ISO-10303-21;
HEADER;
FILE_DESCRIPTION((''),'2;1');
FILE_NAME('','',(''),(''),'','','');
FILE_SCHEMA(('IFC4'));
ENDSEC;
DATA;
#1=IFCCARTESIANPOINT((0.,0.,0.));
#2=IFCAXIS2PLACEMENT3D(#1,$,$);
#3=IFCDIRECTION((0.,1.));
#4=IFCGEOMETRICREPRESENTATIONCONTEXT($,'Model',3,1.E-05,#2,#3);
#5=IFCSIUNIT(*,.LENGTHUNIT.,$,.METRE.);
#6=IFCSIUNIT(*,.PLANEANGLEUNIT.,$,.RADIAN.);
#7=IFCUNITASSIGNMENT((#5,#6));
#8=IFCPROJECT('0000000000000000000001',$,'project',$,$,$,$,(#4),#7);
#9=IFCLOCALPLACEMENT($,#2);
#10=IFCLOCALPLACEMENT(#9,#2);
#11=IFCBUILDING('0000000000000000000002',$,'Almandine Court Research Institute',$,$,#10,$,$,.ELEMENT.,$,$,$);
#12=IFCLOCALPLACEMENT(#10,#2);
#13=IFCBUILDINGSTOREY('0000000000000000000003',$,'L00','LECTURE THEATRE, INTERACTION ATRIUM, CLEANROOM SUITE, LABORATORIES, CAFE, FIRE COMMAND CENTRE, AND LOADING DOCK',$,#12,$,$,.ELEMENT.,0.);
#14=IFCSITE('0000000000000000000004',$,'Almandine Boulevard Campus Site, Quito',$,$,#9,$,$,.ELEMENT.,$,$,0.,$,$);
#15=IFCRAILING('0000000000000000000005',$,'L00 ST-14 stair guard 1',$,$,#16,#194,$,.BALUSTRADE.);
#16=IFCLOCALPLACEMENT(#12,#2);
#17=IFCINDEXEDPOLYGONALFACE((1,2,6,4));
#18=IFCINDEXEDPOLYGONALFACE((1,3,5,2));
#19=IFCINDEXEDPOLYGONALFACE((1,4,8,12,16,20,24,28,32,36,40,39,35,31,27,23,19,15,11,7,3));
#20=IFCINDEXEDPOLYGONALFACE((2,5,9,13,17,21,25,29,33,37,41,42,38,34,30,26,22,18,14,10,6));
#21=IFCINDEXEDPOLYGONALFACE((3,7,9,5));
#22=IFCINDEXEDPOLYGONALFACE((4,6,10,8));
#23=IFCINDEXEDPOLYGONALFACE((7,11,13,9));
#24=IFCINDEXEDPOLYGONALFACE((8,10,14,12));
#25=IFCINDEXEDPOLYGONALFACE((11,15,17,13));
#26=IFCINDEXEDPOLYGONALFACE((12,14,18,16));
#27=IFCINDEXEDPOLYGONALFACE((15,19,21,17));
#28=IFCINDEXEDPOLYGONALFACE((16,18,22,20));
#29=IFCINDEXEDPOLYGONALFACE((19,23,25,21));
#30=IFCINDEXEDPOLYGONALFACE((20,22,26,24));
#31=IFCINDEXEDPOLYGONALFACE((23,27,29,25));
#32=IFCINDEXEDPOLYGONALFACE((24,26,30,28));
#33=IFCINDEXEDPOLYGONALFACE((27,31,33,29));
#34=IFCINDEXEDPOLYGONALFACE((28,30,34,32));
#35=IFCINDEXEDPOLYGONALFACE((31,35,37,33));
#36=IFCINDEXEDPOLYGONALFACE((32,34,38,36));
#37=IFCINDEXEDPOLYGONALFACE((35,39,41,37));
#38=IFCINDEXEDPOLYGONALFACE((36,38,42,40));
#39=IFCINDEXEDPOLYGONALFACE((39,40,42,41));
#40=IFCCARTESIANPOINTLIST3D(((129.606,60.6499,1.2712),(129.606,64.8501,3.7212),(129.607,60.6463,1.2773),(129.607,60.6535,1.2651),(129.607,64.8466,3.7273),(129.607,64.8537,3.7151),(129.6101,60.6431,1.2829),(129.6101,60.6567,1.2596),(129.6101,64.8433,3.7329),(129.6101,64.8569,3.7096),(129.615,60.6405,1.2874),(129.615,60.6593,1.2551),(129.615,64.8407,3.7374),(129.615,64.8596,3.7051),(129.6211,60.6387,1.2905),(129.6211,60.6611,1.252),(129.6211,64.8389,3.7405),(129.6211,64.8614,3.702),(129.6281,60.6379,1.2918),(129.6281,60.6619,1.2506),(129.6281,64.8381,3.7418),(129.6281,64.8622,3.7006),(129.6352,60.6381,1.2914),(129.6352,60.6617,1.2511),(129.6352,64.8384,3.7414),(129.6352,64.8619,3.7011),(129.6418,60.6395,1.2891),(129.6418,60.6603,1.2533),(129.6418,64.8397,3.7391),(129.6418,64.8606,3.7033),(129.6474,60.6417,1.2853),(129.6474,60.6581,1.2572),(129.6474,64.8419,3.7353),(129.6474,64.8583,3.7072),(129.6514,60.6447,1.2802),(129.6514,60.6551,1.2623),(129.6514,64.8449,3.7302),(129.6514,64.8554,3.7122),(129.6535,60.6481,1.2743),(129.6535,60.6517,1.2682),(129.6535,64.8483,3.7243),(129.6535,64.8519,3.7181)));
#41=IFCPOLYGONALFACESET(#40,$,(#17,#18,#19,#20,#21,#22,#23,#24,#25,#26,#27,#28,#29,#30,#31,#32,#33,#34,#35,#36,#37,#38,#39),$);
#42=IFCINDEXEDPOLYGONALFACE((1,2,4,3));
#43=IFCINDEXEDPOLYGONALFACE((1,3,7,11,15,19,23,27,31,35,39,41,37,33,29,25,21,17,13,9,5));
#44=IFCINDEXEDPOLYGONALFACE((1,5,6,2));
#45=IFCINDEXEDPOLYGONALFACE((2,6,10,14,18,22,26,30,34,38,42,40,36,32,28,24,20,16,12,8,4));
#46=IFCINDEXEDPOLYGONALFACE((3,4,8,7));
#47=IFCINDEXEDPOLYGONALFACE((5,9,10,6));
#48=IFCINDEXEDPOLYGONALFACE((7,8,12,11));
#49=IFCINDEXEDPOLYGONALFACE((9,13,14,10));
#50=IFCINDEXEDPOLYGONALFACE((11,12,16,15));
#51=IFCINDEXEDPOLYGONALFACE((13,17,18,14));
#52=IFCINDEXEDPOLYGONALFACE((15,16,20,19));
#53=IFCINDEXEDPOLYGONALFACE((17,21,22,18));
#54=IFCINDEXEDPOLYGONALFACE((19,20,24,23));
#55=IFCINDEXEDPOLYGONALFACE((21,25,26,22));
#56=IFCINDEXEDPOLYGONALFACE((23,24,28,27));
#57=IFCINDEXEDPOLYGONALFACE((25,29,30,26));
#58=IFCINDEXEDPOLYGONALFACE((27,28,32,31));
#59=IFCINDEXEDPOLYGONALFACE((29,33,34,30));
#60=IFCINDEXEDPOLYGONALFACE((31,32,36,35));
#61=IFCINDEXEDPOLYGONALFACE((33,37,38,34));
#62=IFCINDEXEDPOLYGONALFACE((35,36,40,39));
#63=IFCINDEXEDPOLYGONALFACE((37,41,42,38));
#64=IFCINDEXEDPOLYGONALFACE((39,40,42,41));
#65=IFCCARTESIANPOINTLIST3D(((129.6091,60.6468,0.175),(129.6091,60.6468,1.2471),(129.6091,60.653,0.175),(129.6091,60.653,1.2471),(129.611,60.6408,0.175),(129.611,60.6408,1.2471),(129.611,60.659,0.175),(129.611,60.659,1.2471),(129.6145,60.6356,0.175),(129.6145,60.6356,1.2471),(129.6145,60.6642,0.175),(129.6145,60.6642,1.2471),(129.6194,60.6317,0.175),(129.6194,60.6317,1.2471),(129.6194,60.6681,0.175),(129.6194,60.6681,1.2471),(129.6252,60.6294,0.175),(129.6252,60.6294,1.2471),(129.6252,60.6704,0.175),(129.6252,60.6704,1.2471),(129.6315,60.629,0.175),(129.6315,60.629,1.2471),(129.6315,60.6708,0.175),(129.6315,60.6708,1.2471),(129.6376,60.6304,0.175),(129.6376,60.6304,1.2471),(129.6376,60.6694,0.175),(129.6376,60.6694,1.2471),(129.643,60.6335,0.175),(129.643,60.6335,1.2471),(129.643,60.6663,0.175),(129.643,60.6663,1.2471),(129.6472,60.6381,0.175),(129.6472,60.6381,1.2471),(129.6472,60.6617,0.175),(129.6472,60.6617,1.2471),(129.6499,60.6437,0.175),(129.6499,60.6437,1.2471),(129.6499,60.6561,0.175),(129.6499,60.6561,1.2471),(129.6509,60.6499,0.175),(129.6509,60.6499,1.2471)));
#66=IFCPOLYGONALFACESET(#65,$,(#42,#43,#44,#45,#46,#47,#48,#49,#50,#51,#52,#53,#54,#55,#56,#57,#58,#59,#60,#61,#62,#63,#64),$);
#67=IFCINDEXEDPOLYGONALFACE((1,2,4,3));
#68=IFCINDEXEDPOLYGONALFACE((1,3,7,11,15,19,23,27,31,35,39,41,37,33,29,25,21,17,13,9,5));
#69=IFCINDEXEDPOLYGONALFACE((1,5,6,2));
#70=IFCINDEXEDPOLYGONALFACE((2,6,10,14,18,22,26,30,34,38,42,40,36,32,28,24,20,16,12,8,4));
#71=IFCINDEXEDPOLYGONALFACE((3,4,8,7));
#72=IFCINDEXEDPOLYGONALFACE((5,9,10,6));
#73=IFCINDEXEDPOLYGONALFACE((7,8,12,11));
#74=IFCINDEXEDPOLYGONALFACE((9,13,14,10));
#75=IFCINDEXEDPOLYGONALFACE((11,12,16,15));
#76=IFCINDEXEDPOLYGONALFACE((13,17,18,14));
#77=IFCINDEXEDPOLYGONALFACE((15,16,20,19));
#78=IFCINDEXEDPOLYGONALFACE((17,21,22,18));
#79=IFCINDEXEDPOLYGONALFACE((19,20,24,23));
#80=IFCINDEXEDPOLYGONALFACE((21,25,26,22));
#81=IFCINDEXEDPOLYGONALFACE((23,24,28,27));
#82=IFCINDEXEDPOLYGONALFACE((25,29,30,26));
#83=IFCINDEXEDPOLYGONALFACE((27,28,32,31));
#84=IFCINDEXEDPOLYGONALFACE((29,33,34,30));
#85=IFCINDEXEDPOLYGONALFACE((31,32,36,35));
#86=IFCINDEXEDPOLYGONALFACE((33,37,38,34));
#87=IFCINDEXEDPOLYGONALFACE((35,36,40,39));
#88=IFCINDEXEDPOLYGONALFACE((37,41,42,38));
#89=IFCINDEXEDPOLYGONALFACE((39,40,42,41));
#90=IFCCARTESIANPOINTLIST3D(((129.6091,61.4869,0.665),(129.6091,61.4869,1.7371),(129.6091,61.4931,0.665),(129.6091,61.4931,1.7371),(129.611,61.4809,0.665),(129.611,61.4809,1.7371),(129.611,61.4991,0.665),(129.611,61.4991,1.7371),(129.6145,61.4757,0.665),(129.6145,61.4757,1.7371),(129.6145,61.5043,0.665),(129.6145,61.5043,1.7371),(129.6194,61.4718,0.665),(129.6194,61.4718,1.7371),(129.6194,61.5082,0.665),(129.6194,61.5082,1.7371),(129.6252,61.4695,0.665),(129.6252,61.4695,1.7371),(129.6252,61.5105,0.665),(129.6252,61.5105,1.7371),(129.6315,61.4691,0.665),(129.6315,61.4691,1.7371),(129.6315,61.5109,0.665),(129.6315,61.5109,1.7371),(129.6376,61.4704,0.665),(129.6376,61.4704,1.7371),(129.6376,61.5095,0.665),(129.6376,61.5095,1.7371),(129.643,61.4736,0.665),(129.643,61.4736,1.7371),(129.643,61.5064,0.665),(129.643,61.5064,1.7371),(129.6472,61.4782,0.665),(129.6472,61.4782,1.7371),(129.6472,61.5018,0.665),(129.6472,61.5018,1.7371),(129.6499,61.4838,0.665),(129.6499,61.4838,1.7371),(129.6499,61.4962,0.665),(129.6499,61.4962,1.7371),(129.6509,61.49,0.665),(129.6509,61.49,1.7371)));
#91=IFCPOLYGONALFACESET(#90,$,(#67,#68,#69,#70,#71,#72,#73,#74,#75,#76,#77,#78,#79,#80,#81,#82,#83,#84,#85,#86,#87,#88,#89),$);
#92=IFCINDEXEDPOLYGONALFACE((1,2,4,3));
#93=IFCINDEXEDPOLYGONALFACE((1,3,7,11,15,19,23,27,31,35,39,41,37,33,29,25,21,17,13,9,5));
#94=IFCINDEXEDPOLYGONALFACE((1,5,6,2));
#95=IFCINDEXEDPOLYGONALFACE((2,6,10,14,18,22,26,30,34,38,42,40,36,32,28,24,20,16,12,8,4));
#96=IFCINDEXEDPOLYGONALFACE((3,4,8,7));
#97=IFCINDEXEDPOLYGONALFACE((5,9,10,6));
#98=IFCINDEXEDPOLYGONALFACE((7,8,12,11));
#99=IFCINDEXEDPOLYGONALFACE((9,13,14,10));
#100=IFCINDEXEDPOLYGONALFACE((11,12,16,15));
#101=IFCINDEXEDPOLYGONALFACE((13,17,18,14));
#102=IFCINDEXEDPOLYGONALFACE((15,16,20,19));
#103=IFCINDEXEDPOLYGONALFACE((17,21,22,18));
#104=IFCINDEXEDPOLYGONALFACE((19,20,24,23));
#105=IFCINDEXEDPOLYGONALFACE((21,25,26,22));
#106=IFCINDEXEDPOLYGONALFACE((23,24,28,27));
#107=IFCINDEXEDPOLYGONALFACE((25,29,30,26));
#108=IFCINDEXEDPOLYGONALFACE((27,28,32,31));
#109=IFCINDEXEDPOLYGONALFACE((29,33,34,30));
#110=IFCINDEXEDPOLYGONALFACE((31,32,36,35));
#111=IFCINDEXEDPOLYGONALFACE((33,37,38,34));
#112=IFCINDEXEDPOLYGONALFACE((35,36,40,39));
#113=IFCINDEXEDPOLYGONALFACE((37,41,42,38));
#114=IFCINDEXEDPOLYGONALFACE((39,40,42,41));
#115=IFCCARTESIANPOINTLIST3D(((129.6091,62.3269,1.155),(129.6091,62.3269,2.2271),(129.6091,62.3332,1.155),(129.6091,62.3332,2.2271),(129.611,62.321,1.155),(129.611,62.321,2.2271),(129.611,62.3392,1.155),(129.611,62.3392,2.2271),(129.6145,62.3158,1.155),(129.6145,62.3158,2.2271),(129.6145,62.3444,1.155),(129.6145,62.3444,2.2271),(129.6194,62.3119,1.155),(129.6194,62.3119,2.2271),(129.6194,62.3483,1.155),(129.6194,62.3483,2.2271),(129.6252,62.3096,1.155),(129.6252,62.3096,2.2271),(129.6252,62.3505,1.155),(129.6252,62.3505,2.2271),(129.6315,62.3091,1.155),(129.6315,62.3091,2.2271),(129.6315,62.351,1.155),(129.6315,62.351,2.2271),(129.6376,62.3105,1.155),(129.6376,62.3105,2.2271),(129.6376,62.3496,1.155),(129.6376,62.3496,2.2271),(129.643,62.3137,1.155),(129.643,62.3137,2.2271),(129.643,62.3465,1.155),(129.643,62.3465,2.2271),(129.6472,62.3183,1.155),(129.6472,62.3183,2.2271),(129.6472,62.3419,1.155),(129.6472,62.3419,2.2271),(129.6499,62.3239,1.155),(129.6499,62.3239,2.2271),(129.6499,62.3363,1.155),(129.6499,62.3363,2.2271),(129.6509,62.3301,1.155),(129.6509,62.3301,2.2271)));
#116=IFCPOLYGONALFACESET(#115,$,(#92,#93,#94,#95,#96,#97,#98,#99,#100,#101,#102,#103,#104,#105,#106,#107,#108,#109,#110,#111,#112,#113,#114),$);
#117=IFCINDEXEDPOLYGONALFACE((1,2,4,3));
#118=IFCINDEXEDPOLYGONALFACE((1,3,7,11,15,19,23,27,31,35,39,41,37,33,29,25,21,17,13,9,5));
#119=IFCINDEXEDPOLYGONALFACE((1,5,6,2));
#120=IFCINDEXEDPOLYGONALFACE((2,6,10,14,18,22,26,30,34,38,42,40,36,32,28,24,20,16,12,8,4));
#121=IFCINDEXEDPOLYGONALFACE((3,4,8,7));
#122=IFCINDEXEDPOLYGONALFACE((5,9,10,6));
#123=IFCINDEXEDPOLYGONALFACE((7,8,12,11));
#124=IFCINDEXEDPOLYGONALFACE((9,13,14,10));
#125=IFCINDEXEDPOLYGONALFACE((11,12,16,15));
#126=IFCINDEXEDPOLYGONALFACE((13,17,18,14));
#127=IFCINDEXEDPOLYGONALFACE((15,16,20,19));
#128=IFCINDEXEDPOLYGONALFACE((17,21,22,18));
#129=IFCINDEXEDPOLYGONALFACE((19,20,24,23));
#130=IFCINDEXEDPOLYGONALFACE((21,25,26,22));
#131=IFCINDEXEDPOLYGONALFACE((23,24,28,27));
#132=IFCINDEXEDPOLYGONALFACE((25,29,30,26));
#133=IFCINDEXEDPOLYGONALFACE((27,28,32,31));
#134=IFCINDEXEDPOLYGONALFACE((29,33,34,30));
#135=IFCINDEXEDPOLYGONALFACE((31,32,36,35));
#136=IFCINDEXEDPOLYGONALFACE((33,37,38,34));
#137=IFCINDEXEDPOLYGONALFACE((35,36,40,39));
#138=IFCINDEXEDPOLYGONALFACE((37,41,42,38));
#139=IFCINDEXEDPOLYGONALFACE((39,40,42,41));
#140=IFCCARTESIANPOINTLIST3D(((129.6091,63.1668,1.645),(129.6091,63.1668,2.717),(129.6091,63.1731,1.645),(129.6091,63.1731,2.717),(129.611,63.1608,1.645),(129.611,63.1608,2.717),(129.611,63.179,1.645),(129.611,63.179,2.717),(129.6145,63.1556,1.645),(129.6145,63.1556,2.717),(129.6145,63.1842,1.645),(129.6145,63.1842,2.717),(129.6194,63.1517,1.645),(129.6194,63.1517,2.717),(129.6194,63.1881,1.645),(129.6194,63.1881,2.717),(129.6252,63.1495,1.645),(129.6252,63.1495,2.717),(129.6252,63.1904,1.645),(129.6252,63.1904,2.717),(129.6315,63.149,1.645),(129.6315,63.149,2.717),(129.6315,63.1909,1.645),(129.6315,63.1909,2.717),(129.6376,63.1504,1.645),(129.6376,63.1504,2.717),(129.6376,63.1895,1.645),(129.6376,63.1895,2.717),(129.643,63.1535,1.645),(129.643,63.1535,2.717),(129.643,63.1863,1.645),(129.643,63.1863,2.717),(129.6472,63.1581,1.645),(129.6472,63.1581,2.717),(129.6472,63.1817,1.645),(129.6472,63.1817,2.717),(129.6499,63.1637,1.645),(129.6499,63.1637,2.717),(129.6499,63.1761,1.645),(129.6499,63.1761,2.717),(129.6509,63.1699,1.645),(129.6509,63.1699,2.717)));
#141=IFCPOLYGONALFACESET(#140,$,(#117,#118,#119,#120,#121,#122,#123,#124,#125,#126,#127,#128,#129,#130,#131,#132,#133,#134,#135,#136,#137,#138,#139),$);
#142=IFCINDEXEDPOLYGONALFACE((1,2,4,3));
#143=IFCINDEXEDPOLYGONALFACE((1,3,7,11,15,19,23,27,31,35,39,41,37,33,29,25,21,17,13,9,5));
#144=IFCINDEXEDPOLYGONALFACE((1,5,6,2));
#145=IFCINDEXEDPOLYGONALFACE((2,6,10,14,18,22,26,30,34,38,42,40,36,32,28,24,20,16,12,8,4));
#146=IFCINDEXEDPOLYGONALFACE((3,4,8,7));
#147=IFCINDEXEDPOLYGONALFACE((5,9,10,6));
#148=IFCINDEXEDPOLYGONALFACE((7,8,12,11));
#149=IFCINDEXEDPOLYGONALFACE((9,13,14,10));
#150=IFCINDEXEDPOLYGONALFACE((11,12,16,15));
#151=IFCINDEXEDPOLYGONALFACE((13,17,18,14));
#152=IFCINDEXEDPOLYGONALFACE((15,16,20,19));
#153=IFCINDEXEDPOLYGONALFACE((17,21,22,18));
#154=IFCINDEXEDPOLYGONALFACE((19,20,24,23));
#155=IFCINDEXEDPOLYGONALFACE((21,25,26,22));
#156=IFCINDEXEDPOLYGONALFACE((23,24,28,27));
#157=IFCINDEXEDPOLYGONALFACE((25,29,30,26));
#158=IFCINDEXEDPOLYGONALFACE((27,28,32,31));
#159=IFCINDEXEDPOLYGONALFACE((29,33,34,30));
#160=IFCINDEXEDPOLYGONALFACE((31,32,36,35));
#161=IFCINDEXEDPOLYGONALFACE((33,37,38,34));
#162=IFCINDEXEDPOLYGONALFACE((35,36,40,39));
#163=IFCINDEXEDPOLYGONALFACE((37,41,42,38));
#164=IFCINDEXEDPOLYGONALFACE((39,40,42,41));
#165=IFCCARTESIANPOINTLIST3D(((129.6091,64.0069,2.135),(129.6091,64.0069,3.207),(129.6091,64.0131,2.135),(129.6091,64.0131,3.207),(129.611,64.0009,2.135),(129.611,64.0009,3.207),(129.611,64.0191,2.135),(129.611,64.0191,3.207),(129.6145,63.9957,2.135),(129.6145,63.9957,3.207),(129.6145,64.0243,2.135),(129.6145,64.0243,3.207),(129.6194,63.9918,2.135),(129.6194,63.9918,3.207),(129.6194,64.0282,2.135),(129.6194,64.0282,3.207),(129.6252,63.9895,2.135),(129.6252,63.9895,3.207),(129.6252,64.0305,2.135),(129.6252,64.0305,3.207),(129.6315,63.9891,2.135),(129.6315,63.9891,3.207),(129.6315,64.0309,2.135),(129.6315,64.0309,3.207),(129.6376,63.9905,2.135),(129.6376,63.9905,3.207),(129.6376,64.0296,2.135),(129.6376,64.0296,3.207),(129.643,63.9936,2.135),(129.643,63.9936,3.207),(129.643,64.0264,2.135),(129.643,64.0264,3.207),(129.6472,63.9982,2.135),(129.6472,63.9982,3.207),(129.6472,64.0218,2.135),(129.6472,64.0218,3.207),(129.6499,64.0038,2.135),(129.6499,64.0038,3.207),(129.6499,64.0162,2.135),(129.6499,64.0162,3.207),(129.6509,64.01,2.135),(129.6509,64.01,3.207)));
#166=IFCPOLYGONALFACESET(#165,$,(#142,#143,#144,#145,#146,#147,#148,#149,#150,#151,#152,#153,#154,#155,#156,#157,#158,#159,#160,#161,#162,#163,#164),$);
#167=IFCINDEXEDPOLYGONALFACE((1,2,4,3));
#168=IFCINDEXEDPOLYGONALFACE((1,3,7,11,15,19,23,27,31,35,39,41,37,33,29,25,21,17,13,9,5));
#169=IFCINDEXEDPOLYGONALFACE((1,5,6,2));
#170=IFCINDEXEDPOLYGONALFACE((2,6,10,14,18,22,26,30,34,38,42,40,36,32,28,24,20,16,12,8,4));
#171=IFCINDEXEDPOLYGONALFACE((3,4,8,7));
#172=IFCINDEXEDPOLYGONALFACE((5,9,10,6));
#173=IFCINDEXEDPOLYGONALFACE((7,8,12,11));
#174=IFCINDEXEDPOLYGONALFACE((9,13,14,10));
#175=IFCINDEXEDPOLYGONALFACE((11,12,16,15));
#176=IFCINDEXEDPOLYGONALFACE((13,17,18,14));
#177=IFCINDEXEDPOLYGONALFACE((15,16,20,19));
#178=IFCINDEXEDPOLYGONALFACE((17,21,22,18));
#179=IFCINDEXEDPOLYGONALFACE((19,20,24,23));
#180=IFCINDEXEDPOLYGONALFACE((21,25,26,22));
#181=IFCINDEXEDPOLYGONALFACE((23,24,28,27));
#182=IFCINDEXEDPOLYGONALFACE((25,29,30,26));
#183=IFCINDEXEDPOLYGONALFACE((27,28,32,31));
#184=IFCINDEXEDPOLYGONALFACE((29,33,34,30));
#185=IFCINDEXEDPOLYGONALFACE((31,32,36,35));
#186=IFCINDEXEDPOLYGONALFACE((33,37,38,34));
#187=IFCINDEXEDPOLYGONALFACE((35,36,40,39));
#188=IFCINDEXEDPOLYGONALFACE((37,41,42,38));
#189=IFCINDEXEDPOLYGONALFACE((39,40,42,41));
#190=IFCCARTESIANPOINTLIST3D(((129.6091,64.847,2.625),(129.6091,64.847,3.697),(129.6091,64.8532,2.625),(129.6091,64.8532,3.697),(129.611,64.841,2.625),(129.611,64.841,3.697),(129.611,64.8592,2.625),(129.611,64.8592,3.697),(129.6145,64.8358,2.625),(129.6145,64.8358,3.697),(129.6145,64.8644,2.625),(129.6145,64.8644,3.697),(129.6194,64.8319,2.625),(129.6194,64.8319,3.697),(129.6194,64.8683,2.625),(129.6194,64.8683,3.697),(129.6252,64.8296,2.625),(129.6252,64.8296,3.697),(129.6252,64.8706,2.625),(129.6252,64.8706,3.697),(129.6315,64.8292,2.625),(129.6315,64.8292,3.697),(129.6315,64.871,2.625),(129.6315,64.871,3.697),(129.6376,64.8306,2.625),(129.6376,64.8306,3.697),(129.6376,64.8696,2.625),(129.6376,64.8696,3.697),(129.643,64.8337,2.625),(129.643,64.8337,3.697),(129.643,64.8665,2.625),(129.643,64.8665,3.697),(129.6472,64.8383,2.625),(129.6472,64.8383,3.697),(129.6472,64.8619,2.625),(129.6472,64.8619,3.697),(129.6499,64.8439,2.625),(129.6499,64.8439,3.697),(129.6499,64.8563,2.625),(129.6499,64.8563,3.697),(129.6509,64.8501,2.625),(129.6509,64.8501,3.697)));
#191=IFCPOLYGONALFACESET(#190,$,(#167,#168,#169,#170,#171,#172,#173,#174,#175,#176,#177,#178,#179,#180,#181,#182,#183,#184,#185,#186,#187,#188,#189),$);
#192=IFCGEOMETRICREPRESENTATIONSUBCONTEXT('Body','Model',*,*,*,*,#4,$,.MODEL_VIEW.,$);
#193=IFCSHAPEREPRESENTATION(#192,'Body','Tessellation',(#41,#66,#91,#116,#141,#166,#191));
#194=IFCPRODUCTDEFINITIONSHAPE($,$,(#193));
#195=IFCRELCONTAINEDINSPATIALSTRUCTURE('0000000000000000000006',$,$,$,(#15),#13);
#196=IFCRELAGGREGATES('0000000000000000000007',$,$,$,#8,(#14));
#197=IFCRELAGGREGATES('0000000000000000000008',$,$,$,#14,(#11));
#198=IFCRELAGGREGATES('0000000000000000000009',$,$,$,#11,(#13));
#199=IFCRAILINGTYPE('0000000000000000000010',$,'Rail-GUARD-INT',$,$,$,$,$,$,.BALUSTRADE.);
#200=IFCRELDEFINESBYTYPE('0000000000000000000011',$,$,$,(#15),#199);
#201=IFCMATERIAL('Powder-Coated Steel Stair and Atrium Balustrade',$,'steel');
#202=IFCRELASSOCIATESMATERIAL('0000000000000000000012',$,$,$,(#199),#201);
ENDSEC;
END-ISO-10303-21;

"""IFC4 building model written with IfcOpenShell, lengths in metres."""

from ifc_helpers import new_model, si_unit, direction, frame, origin, origin_2d, place, context, subcontext, project, spatial, circle, extrude, material, type_object, element, save


model = new_model("IFC4")

# Units and contexts
model_context = context("Model", 3, precision=1e-05, world=origin(), true_north=direction((0.0, 1.0)))
body_context = subcontext(model_context, "Body", "Model", "MODEL_VIEW")
ifc_project = project(units=[si_unit("LENGTHUNIT", "METRE"), si_unit("PLANEANGLEUNIT", "RADIAN")], contexts=[model_context])

# Site, building, storey
site_placement = place(None, origin())
site = spatial("IfcSite", under=ifc_project, at=site_placement, Name="Almandine Boulevard Campus Site, Quito", CompositionType="ELEMENT", RefElevation=0.0)
building_placement = place(site_placement, origin())
building = spatial("IfcBuilding", under=site, at=building_placement, Name="Almandine Court Research Institute", CompositionType="ELEMENT")
storey_placement = place(building_placement, origin())
storey = spatial("IfcBuildingStorey", under=building, at=storey_placement, Name="L00", Description="LECTURE THEATRE, INTERACTION ATRIUM, CLEANROOM SUITE, LABORATORIES, CAFE, FIRE COMMAND CENTRE, AND LOADING DOCK", CompositionType="ELEMENT", Elevation=0.0)

# Railing
ifc_material_1 = material(Name="Powder-Coated Steel Stair and Atrium Balustrade", Category="steel")
railing_type_1 = type_object("IfcRailingType", Name="Rail-GUARD-INT", PredefinedType="BALUSTRADE", material=ifc_material_1)
railing_1_placement = place(storey_placement, frame((129.6299, 60.6499, 0.175)))
element("IfcRailing", 1, at=railing_1_placement, inside=storey, type_object=railing_type_1, Name="L00 ST-14 stair guard 1", PredefinedType="BALUSTRADE", context=body_context, shape_type="SweptSolid", body=[
    extrude(circle(Radius=0.0239, at=origin_2d()), frame((0.0, 0.0, 1.0962), z_axis=(0.0, 0.863793, 0.503846), x_axis=(-1.0, 0.0, 0.0)), (0.0, 0.0, 1.0), 4.8625),
    extrude(circle(Radius=0.021, at=origin_2d()), origin(), (0.0, 0.0, 1.0), 1.072),
    extrude(circle(Radius=0.021, at=origin_2d()), frame((0.0, 0.8401, 0.49)), (0.0, 0.0, 1.0), 1.072),
    extrude(circle(Radius=0.021, at=origin_2d()), frame((0.0, 1.6802, 0.98)), (0.0, 0.0, 1.0), 1.072),
    extrude(circle(Radius=0.021, at=origin_2d()), frame((0.0, 2.52, 1.47)), (0.0, 0.0, 1.0), 1.072),
    extrude(circle(Radius=0.021, at=origin_2d()), frame((0.0, 3.3601, 1.96)), (0.0, 0.0, 1.0), 1.072),
    extrude(circle(Radius=0.021, at=origin_2d()), frame((0.0, 4.2002, 2.45)), (0.0, 0.0, 1.0), 1.072),
])

save(model, "model.ifc")
